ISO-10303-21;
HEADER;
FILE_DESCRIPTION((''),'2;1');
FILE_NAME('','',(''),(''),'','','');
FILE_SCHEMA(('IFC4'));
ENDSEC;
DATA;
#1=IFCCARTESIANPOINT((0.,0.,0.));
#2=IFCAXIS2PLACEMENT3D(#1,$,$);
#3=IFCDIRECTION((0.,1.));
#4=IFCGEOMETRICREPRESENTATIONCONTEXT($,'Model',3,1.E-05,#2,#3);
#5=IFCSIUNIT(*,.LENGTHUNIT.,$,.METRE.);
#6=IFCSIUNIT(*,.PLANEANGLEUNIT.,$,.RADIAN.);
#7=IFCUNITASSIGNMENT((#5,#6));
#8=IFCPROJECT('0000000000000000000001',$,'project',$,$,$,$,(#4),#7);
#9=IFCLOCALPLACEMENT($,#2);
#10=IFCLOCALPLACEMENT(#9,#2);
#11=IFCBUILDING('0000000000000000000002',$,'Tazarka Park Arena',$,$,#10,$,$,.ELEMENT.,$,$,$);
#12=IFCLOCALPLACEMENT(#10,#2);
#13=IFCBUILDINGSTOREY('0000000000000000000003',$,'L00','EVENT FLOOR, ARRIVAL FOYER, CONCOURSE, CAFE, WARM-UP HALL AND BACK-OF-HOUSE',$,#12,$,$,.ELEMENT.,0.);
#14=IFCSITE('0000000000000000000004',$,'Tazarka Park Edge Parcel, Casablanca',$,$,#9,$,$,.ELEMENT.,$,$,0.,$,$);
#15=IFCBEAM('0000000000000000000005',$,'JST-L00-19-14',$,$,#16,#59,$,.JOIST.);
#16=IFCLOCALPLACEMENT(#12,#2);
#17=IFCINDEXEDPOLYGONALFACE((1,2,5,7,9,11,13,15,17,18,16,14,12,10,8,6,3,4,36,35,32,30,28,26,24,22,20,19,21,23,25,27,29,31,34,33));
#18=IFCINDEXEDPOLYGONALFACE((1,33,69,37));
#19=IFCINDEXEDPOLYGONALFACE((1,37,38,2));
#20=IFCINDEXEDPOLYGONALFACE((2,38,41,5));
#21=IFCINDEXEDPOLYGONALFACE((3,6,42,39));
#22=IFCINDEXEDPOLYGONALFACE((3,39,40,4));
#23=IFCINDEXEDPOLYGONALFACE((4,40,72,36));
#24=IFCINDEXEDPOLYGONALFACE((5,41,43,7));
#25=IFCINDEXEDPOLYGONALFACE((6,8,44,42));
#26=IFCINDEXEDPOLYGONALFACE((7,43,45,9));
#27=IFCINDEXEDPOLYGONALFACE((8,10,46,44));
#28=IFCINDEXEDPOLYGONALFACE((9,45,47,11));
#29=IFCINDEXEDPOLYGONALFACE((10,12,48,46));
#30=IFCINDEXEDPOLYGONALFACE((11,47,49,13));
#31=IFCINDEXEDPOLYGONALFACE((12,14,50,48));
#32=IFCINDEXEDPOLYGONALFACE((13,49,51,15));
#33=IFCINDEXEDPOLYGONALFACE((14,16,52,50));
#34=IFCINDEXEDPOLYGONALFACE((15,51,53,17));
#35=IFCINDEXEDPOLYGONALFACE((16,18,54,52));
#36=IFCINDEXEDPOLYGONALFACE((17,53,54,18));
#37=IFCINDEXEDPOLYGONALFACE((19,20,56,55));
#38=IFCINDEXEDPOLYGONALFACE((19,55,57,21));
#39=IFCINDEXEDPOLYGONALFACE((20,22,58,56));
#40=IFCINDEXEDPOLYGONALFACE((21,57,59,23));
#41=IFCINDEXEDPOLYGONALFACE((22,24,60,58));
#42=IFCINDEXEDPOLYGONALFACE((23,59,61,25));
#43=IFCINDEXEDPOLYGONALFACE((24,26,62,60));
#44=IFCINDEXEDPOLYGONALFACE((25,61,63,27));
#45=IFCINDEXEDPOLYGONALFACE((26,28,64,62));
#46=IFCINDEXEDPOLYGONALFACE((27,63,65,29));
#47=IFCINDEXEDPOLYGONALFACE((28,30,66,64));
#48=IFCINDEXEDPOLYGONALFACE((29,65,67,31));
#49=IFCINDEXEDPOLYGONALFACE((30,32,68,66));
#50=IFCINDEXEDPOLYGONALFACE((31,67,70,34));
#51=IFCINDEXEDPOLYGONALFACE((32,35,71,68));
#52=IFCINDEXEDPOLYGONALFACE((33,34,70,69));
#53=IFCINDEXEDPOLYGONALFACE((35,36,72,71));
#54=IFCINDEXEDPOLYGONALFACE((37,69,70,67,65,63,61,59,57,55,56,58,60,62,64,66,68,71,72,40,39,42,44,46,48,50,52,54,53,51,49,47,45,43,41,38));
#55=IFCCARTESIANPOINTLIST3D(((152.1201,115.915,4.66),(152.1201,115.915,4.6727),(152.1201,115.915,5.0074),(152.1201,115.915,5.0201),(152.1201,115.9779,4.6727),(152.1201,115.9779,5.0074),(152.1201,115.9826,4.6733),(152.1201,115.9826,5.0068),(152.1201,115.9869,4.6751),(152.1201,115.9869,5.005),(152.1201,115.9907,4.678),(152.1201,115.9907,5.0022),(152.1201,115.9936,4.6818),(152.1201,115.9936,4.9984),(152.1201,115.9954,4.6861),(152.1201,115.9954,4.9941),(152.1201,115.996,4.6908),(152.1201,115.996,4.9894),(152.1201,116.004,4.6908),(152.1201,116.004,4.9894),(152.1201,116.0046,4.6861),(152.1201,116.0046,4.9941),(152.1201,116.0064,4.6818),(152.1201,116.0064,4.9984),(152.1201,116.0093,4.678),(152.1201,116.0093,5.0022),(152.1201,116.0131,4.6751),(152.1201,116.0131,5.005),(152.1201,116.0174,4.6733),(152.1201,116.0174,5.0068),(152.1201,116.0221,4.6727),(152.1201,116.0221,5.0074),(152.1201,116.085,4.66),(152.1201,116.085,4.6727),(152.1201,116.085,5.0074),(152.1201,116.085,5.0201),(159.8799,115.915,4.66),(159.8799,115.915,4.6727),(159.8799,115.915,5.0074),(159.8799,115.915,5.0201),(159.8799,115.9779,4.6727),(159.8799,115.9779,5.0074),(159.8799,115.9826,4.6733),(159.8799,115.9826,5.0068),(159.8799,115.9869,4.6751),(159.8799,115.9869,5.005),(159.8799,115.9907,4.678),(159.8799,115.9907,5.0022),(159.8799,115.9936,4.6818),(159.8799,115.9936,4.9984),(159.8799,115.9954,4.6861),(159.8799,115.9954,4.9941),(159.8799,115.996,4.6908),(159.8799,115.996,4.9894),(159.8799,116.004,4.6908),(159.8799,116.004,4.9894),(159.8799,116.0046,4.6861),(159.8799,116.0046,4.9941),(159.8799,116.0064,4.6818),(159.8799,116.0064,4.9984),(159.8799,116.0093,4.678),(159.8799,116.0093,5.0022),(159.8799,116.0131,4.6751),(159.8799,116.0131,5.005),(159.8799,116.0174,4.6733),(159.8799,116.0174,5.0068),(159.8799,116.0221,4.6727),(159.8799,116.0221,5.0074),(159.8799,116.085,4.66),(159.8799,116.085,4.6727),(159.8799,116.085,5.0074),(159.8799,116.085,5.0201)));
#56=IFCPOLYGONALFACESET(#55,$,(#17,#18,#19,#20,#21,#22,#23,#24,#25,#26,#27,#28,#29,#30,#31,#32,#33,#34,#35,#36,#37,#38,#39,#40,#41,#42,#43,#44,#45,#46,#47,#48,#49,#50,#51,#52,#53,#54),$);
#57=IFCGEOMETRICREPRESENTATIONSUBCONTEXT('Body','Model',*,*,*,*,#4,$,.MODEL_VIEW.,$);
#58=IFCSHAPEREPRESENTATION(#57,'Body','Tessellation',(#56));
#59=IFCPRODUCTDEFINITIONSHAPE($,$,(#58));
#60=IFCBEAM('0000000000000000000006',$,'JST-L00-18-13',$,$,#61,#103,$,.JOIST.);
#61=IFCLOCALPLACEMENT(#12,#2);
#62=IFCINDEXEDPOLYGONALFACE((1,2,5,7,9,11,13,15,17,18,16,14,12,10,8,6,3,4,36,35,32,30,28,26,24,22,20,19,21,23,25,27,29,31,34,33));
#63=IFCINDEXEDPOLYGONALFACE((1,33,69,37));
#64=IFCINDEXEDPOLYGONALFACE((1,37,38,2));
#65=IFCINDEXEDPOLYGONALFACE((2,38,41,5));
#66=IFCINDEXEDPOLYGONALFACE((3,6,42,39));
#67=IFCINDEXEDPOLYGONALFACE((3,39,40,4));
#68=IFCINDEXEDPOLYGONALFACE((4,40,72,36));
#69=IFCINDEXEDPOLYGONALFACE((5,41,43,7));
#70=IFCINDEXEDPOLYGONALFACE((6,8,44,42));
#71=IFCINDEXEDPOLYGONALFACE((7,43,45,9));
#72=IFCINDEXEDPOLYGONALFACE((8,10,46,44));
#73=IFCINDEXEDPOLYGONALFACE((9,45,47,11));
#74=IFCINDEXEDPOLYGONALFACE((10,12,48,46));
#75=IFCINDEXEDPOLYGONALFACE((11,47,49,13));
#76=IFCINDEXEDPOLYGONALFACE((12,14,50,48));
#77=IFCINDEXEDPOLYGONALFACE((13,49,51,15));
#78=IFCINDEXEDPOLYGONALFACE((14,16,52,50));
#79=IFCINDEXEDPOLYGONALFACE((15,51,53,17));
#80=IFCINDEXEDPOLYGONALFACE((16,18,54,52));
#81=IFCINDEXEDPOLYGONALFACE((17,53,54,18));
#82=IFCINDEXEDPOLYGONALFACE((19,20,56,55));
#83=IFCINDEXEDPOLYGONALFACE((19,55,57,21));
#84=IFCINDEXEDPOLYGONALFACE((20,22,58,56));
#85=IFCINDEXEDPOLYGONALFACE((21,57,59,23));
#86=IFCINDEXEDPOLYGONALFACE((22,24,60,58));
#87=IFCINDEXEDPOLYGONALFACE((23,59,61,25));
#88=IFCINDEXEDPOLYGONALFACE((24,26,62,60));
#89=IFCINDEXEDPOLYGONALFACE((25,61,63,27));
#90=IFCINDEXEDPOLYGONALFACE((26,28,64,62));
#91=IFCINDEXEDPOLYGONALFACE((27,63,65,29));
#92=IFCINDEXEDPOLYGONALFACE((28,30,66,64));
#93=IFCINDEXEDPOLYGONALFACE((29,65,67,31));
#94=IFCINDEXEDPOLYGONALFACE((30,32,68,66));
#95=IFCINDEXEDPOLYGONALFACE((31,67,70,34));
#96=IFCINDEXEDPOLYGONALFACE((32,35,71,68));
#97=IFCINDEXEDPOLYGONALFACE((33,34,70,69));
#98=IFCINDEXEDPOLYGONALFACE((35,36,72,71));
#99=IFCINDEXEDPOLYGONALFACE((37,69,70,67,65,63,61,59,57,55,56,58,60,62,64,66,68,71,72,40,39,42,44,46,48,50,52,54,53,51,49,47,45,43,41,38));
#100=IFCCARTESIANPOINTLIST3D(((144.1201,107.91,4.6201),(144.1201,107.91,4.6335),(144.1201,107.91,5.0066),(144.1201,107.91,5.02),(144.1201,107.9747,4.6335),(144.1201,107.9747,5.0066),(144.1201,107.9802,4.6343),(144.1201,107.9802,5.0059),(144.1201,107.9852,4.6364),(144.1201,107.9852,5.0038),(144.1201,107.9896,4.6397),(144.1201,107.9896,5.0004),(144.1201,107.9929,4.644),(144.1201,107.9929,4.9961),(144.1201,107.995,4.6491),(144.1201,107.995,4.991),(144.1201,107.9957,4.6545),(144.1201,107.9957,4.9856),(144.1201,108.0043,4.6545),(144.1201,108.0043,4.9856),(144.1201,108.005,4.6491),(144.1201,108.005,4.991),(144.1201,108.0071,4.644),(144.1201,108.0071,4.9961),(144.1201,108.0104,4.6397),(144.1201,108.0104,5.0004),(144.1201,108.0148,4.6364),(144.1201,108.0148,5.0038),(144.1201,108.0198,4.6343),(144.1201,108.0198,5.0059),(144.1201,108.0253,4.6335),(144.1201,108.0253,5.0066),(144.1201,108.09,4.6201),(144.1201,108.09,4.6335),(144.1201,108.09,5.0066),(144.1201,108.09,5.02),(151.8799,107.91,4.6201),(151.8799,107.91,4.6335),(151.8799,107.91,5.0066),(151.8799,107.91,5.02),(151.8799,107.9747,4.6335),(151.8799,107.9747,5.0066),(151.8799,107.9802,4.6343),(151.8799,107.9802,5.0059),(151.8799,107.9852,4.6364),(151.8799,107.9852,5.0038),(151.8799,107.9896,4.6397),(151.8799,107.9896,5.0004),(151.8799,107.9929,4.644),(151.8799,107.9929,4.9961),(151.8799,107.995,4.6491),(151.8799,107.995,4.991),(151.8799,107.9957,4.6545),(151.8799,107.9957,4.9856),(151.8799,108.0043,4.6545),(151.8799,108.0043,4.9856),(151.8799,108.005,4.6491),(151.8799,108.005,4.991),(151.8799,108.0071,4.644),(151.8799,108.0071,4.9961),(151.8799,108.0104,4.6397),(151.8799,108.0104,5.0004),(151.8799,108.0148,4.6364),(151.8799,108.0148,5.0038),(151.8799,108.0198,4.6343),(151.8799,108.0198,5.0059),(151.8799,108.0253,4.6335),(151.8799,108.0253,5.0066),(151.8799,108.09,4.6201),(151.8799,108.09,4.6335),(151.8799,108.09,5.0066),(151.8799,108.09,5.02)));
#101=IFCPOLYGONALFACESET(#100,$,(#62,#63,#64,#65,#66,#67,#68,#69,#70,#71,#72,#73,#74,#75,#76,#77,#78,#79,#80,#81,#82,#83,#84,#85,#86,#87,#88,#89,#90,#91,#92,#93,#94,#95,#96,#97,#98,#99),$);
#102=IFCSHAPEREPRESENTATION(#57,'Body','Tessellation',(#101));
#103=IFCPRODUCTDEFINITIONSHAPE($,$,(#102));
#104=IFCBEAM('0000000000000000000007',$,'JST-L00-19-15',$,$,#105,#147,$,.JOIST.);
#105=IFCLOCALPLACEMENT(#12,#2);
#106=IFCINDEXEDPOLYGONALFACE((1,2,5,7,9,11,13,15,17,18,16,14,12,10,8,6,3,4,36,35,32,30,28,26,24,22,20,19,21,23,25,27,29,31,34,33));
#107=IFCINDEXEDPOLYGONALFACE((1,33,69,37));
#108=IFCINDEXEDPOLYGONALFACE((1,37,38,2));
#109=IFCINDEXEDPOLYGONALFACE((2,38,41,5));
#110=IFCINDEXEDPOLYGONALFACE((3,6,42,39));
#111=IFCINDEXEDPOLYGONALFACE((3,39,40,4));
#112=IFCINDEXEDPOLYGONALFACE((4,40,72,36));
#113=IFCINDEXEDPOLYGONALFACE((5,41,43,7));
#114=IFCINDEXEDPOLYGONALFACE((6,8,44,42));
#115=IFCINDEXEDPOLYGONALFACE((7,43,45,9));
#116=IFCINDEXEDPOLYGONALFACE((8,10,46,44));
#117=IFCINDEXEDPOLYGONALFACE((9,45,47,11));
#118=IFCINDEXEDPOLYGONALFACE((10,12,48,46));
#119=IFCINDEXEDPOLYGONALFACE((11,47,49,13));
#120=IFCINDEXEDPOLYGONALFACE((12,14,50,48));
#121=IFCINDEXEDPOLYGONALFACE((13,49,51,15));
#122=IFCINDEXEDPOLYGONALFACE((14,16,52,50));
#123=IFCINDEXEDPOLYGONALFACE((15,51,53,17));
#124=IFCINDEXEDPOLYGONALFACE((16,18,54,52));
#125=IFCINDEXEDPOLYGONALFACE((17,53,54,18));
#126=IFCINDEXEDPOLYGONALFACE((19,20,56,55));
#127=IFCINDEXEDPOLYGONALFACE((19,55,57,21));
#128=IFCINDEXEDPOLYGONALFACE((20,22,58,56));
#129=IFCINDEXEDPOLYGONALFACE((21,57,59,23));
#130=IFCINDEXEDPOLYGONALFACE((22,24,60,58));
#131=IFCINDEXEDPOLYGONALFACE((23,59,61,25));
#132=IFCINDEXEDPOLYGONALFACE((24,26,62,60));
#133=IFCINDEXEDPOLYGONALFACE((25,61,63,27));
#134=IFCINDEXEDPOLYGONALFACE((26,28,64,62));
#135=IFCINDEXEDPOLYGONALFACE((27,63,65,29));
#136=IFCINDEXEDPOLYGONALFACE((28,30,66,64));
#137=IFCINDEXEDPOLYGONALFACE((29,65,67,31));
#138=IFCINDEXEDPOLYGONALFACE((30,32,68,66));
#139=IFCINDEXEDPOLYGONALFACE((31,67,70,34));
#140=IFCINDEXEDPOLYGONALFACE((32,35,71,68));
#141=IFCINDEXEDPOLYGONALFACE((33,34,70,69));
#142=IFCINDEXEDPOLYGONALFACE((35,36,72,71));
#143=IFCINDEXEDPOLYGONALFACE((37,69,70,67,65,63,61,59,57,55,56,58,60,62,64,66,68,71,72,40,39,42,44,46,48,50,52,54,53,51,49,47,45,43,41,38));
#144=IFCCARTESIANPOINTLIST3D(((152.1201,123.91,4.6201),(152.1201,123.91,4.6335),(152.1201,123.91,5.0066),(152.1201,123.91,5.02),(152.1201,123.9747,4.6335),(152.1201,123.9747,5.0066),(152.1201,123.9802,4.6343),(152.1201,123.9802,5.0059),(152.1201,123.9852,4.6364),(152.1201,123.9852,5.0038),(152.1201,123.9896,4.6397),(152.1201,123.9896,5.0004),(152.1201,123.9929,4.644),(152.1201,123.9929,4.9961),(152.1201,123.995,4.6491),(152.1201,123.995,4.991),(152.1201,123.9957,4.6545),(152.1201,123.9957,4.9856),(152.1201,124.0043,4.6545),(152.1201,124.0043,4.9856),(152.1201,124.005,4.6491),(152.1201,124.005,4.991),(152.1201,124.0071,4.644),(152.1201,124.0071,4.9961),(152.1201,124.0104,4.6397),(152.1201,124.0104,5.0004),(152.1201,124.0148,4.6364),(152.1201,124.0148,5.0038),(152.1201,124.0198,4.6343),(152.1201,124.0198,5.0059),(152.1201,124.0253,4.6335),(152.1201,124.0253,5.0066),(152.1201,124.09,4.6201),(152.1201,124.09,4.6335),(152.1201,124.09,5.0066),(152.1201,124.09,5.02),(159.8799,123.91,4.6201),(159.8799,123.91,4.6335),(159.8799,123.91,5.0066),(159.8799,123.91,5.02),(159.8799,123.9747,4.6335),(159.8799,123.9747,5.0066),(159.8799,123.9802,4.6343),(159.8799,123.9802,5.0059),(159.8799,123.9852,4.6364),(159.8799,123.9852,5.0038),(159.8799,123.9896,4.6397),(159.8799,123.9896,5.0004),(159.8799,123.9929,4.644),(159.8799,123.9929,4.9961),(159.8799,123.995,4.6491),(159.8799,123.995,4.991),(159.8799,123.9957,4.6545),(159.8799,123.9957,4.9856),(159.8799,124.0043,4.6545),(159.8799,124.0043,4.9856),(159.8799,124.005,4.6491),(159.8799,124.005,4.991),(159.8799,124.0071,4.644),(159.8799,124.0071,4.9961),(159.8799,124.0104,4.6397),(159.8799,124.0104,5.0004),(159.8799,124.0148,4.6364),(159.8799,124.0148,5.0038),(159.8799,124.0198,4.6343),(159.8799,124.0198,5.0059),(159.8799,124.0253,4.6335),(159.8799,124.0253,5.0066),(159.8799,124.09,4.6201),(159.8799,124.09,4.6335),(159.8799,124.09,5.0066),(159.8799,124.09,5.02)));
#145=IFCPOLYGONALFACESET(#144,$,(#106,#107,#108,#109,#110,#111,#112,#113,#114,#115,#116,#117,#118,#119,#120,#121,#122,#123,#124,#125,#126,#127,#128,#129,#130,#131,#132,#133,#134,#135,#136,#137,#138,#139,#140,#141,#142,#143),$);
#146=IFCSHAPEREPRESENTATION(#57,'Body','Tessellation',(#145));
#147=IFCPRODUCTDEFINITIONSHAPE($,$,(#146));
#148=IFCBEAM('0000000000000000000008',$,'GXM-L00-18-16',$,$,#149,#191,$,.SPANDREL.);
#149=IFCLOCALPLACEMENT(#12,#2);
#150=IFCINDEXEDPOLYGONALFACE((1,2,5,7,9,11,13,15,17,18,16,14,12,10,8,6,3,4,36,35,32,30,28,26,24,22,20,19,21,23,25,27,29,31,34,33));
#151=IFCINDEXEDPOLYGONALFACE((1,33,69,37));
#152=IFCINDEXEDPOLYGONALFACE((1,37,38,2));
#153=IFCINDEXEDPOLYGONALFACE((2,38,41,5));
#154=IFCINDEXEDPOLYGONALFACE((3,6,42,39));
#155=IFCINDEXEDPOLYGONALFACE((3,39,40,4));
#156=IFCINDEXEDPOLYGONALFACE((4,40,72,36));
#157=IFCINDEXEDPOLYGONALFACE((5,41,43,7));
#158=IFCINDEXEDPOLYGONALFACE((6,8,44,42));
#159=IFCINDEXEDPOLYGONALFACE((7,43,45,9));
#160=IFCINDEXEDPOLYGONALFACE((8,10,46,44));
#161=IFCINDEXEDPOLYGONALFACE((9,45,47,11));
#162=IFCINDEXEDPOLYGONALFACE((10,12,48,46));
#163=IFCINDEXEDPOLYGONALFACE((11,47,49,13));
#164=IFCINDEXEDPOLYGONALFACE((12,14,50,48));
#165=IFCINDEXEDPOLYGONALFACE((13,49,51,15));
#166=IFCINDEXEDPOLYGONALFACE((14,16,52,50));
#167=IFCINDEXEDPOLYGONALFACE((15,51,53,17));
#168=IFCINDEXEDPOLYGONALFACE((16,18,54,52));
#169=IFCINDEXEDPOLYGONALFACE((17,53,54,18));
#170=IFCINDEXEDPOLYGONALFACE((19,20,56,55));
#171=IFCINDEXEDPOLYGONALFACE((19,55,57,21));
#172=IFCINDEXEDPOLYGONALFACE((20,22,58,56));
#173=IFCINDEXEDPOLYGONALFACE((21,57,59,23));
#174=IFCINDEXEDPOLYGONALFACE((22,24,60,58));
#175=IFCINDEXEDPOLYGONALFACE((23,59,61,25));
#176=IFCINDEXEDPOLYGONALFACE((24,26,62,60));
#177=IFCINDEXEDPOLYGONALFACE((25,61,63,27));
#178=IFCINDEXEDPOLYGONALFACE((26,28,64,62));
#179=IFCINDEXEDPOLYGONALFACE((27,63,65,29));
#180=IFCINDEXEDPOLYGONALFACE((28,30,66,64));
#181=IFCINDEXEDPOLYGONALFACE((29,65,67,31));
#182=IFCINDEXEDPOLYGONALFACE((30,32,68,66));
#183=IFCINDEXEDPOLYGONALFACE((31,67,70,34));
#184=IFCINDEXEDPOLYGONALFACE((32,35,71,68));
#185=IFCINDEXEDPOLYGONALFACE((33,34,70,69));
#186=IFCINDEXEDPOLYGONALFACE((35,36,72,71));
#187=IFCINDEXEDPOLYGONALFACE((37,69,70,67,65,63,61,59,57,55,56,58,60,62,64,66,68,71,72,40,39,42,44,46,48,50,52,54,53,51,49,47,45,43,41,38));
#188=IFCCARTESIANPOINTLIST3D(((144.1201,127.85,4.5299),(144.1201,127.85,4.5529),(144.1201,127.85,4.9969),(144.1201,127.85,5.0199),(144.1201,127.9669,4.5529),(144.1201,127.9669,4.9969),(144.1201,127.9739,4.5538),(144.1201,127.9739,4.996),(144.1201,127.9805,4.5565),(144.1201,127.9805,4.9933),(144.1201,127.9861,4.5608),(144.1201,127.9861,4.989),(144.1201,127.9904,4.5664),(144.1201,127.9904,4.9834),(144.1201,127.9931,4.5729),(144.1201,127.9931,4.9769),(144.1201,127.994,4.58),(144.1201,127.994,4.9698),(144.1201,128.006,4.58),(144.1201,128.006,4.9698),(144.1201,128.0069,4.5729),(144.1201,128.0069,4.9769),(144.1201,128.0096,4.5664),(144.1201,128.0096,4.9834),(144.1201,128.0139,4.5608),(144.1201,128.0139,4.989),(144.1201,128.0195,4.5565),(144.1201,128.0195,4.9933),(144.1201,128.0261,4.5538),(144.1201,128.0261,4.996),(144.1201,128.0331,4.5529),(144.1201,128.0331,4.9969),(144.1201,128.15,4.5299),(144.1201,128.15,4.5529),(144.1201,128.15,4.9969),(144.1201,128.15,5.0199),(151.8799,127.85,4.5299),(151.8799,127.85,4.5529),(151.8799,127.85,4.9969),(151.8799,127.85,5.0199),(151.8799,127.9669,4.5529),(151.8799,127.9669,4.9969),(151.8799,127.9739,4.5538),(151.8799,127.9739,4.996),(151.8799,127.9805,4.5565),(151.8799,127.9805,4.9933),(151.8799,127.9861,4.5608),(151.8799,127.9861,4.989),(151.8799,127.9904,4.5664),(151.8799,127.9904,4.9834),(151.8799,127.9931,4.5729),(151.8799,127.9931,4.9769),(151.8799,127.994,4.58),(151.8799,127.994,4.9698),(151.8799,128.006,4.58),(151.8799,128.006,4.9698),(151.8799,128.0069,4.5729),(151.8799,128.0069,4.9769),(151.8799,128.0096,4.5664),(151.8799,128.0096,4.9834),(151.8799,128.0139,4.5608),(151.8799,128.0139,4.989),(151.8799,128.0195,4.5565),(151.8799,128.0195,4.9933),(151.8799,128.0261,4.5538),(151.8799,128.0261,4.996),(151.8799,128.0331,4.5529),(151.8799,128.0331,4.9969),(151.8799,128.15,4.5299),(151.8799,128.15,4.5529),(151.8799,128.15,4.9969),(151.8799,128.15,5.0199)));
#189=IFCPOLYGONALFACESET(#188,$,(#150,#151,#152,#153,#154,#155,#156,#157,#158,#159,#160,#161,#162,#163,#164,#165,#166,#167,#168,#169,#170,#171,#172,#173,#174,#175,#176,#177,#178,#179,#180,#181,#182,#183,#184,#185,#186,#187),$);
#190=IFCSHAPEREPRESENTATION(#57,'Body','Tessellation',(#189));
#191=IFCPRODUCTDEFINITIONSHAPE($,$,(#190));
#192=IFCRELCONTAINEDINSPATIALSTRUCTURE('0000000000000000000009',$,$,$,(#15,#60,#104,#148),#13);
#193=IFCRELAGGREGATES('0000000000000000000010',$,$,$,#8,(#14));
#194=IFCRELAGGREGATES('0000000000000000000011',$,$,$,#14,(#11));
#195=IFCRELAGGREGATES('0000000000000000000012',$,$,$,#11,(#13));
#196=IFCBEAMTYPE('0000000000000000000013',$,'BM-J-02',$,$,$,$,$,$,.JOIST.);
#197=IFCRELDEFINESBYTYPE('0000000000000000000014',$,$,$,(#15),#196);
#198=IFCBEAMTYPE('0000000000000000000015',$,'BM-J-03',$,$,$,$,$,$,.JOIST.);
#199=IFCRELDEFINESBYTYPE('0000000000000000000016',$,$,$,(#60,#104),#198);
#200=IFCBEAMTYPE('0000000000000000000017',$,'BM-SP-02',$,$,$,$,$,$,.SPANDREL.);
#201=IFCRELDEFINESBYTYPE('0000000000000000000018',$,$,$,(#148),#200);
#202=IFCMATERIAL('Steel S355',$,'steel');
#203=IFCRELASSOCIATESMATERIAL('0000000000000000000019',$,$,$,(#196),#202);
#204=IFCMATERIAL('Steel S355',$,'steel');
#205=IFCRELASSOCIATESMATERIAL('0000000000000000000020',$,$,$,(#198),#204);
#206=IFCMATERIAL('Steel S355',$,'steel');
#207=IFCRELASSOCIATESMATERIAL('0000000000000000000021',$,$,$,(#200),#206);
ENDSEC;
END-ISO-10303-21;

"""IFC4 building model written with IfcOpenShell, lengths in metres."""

from ifc_helpers import new_model, si_unit, direction, frame, origin, origin_2d, place, context, subcontext, project, spatial, i_section, extrude, material, material_profile, profile_set, type_object, element, save


model = new_model("IFC4")

# Units and contexts
model_context = context("Model", 3, precision=1e-05, world=origin(), true_north=direction((0.0, 1.0)))
body_context = subcontext(model_context, "Body", "Model", "MODEL_VIEW")
ifc_project = project(units=[si_unit("LENGTHUNIT", "METRE"), si_unit("PLANEANGLEUNIT", "RADIAN")], contexts=[model_context])

# Site, building, storey
site_placement = place(None, origin())
site = spatial("IfcSite", under=ifc_project, at=site_placement, Name="Tazarka Park Edge Parcel, Casablanca", CompositionType="ELEMENT", RefElevation=0.0)
building_placement = place(site_placement, origin())
building = spatial("IfcBuilding", under=site, at=building_placement, Name="Tazarka Park Arena", CompositionType="ELEMENT")
storey_placement = place(building_placement, origin())
storey = spatial("IfcBuildingStorey", under=building, at=storey_placement, Name="L00", Description="EVENT FLOOR, ARRIVAL FOYER, CONCOURSE, CAFE, WARM-UP HALL AND BACK-OF-HOUSE", CompositionType="ELEMENT", Elevation=0.0)

# Beams
ifc_material_1 = material(Name="Steel S355", Category="steel")
ifc_material_profile_1 = material_profile(ifc_material_1, i_section(OverallWidth=0.1699, OverallDepth=0.3601, WebThickness=0.0081, FlangeThickness=0.0127, FilletRadius=0.0181, at=origin_2d()), Name="Steel S355")
ifc_profile_set_1 = profile_set([ifc_material_profile_1], Name="Steel S355")
beam_type_1 = type_object("IfcBeamType", Name="BM-J-02", PredefinedType="JOIST", material=ifc_profile_set_1)
for number, where, z_axis, x_axis, name in (
    (1, (152.1201, 116.0, 4.8401), (1.0, 0.0, 0.0), (0.0, 1.0, 0.0), "JST-L00-19-14"),
):
    element("IfcBeam", number, at=place(storey_placement, frame(where, z_axis=z_axis, x_axis=x_axis)), inside=storey, type_object=beam_type_1, Name=name, PredefinedType="JOIST", context=body_context, shape_type="SweptSolid", body=[
        extrude(i_section(OverallWidth=0.1699, OverallDepth=0.3601, WebThickness=0.0081, FlangeThickness=0.0127, FilletRadius=0.0181, at=origin_2d()), origin(), (0.0, 0.0, 1.0), 7.7598),
    ])
ifc_material_2 = material(Name="Steel S355", Category="steel")
ifc_material_profile_2 = material_profile(ifc_material_2, i_section(OverallWidth=0.1799, OverallDepth=0.3999, WebThickness=0.0085, FlangeThickness=0.0134, FilletRadius=0.021, at=origin_2d()), Name="Steel S355")
ifc_profile_set_2 = profile_set([ifc_material_profile_2], Name="Steel S355")
beam_type_2 = type_object("IfcBeamType", Name="BM-J-03", PredefinedType="JOIST", material=ifc_profile_set_2)
for number, where, z_axis, x_axis, name in (
    (2, (144.1201, 108.0, 4.8201), (1.0, 0.0, 0.0), (0.0, 1.0, 0.0), "JST-L00-18-13"),
    (3, (152.1201, 124.0, 4.8201), (1.0, 0.0, 0.0), (0.0, 1.0, 0.0), "JST-L00-19-15"),
):
    element("IfcBeam", number, at=place(storey_placement, frame(where, z_axis=z_axis, x_axis=x_axis)), inside=storey, type_object=beam_type_2, Name=name, PredefinedType="JOIST", context=body_context, shape_type="SweptSolid", body=[
        extrude(i_section(OverallWidth=0.1799, OverallDepth=0.3999, WebThickness=0.0085, FlangeThickness=0.0134, FilletRadius=0.021, at=origin_2d()), origin(), (0.0, 0.0, 1.0), 7.7598),
    ])
ifc_material_3 = material(Name="Steel S355", Category="steel")
ifc_material_profile_3 = material_profile(ifc_material_3, i_section(OverallWidth=0.3, OverallDepth=0.49, WebThickness=0.012, FlangeThickness=0.0229, FilletRadius=0.0271, at=origin_2d()), Name="Steel S355")
ifc_profile_set_3 = profile_set([ifc_material_profile_3], Name="Steel S355")
beam_type_3 = type_object("IfcBeamType", Name="BM-SP-02", PredefinedType="SPANDREL", material=ifc_profile_set_3)
for number, where, z_axis, x_axis, name in (
    (4, (144.1201, 128.0, 4.7749), (1.0, 0.0, 0.0), (0.0, 1.0, 0.0), "GXM-L00-18-16"),
):
    element("IfcBeam", number, at=place(storey_placement, frame(where, z_axis=z_axis, x_axis=x_axis)), inside=storey, type_object=beam_type_3, Name=name, PredefinedType="SPANDREL", context=body_context, shape_type="SweptSolid", body=[
        extrude(i_section(OverallWidth=0.3, OverallDepth=0.49, WebThickness=0.012, FlangeThickness=0.0229, FilletRadius=0.0271, at=origin_2d()), origin(), (0.0, 0.0, 1.0), 7.7598),
    ])

save(model, "model.ifc")
